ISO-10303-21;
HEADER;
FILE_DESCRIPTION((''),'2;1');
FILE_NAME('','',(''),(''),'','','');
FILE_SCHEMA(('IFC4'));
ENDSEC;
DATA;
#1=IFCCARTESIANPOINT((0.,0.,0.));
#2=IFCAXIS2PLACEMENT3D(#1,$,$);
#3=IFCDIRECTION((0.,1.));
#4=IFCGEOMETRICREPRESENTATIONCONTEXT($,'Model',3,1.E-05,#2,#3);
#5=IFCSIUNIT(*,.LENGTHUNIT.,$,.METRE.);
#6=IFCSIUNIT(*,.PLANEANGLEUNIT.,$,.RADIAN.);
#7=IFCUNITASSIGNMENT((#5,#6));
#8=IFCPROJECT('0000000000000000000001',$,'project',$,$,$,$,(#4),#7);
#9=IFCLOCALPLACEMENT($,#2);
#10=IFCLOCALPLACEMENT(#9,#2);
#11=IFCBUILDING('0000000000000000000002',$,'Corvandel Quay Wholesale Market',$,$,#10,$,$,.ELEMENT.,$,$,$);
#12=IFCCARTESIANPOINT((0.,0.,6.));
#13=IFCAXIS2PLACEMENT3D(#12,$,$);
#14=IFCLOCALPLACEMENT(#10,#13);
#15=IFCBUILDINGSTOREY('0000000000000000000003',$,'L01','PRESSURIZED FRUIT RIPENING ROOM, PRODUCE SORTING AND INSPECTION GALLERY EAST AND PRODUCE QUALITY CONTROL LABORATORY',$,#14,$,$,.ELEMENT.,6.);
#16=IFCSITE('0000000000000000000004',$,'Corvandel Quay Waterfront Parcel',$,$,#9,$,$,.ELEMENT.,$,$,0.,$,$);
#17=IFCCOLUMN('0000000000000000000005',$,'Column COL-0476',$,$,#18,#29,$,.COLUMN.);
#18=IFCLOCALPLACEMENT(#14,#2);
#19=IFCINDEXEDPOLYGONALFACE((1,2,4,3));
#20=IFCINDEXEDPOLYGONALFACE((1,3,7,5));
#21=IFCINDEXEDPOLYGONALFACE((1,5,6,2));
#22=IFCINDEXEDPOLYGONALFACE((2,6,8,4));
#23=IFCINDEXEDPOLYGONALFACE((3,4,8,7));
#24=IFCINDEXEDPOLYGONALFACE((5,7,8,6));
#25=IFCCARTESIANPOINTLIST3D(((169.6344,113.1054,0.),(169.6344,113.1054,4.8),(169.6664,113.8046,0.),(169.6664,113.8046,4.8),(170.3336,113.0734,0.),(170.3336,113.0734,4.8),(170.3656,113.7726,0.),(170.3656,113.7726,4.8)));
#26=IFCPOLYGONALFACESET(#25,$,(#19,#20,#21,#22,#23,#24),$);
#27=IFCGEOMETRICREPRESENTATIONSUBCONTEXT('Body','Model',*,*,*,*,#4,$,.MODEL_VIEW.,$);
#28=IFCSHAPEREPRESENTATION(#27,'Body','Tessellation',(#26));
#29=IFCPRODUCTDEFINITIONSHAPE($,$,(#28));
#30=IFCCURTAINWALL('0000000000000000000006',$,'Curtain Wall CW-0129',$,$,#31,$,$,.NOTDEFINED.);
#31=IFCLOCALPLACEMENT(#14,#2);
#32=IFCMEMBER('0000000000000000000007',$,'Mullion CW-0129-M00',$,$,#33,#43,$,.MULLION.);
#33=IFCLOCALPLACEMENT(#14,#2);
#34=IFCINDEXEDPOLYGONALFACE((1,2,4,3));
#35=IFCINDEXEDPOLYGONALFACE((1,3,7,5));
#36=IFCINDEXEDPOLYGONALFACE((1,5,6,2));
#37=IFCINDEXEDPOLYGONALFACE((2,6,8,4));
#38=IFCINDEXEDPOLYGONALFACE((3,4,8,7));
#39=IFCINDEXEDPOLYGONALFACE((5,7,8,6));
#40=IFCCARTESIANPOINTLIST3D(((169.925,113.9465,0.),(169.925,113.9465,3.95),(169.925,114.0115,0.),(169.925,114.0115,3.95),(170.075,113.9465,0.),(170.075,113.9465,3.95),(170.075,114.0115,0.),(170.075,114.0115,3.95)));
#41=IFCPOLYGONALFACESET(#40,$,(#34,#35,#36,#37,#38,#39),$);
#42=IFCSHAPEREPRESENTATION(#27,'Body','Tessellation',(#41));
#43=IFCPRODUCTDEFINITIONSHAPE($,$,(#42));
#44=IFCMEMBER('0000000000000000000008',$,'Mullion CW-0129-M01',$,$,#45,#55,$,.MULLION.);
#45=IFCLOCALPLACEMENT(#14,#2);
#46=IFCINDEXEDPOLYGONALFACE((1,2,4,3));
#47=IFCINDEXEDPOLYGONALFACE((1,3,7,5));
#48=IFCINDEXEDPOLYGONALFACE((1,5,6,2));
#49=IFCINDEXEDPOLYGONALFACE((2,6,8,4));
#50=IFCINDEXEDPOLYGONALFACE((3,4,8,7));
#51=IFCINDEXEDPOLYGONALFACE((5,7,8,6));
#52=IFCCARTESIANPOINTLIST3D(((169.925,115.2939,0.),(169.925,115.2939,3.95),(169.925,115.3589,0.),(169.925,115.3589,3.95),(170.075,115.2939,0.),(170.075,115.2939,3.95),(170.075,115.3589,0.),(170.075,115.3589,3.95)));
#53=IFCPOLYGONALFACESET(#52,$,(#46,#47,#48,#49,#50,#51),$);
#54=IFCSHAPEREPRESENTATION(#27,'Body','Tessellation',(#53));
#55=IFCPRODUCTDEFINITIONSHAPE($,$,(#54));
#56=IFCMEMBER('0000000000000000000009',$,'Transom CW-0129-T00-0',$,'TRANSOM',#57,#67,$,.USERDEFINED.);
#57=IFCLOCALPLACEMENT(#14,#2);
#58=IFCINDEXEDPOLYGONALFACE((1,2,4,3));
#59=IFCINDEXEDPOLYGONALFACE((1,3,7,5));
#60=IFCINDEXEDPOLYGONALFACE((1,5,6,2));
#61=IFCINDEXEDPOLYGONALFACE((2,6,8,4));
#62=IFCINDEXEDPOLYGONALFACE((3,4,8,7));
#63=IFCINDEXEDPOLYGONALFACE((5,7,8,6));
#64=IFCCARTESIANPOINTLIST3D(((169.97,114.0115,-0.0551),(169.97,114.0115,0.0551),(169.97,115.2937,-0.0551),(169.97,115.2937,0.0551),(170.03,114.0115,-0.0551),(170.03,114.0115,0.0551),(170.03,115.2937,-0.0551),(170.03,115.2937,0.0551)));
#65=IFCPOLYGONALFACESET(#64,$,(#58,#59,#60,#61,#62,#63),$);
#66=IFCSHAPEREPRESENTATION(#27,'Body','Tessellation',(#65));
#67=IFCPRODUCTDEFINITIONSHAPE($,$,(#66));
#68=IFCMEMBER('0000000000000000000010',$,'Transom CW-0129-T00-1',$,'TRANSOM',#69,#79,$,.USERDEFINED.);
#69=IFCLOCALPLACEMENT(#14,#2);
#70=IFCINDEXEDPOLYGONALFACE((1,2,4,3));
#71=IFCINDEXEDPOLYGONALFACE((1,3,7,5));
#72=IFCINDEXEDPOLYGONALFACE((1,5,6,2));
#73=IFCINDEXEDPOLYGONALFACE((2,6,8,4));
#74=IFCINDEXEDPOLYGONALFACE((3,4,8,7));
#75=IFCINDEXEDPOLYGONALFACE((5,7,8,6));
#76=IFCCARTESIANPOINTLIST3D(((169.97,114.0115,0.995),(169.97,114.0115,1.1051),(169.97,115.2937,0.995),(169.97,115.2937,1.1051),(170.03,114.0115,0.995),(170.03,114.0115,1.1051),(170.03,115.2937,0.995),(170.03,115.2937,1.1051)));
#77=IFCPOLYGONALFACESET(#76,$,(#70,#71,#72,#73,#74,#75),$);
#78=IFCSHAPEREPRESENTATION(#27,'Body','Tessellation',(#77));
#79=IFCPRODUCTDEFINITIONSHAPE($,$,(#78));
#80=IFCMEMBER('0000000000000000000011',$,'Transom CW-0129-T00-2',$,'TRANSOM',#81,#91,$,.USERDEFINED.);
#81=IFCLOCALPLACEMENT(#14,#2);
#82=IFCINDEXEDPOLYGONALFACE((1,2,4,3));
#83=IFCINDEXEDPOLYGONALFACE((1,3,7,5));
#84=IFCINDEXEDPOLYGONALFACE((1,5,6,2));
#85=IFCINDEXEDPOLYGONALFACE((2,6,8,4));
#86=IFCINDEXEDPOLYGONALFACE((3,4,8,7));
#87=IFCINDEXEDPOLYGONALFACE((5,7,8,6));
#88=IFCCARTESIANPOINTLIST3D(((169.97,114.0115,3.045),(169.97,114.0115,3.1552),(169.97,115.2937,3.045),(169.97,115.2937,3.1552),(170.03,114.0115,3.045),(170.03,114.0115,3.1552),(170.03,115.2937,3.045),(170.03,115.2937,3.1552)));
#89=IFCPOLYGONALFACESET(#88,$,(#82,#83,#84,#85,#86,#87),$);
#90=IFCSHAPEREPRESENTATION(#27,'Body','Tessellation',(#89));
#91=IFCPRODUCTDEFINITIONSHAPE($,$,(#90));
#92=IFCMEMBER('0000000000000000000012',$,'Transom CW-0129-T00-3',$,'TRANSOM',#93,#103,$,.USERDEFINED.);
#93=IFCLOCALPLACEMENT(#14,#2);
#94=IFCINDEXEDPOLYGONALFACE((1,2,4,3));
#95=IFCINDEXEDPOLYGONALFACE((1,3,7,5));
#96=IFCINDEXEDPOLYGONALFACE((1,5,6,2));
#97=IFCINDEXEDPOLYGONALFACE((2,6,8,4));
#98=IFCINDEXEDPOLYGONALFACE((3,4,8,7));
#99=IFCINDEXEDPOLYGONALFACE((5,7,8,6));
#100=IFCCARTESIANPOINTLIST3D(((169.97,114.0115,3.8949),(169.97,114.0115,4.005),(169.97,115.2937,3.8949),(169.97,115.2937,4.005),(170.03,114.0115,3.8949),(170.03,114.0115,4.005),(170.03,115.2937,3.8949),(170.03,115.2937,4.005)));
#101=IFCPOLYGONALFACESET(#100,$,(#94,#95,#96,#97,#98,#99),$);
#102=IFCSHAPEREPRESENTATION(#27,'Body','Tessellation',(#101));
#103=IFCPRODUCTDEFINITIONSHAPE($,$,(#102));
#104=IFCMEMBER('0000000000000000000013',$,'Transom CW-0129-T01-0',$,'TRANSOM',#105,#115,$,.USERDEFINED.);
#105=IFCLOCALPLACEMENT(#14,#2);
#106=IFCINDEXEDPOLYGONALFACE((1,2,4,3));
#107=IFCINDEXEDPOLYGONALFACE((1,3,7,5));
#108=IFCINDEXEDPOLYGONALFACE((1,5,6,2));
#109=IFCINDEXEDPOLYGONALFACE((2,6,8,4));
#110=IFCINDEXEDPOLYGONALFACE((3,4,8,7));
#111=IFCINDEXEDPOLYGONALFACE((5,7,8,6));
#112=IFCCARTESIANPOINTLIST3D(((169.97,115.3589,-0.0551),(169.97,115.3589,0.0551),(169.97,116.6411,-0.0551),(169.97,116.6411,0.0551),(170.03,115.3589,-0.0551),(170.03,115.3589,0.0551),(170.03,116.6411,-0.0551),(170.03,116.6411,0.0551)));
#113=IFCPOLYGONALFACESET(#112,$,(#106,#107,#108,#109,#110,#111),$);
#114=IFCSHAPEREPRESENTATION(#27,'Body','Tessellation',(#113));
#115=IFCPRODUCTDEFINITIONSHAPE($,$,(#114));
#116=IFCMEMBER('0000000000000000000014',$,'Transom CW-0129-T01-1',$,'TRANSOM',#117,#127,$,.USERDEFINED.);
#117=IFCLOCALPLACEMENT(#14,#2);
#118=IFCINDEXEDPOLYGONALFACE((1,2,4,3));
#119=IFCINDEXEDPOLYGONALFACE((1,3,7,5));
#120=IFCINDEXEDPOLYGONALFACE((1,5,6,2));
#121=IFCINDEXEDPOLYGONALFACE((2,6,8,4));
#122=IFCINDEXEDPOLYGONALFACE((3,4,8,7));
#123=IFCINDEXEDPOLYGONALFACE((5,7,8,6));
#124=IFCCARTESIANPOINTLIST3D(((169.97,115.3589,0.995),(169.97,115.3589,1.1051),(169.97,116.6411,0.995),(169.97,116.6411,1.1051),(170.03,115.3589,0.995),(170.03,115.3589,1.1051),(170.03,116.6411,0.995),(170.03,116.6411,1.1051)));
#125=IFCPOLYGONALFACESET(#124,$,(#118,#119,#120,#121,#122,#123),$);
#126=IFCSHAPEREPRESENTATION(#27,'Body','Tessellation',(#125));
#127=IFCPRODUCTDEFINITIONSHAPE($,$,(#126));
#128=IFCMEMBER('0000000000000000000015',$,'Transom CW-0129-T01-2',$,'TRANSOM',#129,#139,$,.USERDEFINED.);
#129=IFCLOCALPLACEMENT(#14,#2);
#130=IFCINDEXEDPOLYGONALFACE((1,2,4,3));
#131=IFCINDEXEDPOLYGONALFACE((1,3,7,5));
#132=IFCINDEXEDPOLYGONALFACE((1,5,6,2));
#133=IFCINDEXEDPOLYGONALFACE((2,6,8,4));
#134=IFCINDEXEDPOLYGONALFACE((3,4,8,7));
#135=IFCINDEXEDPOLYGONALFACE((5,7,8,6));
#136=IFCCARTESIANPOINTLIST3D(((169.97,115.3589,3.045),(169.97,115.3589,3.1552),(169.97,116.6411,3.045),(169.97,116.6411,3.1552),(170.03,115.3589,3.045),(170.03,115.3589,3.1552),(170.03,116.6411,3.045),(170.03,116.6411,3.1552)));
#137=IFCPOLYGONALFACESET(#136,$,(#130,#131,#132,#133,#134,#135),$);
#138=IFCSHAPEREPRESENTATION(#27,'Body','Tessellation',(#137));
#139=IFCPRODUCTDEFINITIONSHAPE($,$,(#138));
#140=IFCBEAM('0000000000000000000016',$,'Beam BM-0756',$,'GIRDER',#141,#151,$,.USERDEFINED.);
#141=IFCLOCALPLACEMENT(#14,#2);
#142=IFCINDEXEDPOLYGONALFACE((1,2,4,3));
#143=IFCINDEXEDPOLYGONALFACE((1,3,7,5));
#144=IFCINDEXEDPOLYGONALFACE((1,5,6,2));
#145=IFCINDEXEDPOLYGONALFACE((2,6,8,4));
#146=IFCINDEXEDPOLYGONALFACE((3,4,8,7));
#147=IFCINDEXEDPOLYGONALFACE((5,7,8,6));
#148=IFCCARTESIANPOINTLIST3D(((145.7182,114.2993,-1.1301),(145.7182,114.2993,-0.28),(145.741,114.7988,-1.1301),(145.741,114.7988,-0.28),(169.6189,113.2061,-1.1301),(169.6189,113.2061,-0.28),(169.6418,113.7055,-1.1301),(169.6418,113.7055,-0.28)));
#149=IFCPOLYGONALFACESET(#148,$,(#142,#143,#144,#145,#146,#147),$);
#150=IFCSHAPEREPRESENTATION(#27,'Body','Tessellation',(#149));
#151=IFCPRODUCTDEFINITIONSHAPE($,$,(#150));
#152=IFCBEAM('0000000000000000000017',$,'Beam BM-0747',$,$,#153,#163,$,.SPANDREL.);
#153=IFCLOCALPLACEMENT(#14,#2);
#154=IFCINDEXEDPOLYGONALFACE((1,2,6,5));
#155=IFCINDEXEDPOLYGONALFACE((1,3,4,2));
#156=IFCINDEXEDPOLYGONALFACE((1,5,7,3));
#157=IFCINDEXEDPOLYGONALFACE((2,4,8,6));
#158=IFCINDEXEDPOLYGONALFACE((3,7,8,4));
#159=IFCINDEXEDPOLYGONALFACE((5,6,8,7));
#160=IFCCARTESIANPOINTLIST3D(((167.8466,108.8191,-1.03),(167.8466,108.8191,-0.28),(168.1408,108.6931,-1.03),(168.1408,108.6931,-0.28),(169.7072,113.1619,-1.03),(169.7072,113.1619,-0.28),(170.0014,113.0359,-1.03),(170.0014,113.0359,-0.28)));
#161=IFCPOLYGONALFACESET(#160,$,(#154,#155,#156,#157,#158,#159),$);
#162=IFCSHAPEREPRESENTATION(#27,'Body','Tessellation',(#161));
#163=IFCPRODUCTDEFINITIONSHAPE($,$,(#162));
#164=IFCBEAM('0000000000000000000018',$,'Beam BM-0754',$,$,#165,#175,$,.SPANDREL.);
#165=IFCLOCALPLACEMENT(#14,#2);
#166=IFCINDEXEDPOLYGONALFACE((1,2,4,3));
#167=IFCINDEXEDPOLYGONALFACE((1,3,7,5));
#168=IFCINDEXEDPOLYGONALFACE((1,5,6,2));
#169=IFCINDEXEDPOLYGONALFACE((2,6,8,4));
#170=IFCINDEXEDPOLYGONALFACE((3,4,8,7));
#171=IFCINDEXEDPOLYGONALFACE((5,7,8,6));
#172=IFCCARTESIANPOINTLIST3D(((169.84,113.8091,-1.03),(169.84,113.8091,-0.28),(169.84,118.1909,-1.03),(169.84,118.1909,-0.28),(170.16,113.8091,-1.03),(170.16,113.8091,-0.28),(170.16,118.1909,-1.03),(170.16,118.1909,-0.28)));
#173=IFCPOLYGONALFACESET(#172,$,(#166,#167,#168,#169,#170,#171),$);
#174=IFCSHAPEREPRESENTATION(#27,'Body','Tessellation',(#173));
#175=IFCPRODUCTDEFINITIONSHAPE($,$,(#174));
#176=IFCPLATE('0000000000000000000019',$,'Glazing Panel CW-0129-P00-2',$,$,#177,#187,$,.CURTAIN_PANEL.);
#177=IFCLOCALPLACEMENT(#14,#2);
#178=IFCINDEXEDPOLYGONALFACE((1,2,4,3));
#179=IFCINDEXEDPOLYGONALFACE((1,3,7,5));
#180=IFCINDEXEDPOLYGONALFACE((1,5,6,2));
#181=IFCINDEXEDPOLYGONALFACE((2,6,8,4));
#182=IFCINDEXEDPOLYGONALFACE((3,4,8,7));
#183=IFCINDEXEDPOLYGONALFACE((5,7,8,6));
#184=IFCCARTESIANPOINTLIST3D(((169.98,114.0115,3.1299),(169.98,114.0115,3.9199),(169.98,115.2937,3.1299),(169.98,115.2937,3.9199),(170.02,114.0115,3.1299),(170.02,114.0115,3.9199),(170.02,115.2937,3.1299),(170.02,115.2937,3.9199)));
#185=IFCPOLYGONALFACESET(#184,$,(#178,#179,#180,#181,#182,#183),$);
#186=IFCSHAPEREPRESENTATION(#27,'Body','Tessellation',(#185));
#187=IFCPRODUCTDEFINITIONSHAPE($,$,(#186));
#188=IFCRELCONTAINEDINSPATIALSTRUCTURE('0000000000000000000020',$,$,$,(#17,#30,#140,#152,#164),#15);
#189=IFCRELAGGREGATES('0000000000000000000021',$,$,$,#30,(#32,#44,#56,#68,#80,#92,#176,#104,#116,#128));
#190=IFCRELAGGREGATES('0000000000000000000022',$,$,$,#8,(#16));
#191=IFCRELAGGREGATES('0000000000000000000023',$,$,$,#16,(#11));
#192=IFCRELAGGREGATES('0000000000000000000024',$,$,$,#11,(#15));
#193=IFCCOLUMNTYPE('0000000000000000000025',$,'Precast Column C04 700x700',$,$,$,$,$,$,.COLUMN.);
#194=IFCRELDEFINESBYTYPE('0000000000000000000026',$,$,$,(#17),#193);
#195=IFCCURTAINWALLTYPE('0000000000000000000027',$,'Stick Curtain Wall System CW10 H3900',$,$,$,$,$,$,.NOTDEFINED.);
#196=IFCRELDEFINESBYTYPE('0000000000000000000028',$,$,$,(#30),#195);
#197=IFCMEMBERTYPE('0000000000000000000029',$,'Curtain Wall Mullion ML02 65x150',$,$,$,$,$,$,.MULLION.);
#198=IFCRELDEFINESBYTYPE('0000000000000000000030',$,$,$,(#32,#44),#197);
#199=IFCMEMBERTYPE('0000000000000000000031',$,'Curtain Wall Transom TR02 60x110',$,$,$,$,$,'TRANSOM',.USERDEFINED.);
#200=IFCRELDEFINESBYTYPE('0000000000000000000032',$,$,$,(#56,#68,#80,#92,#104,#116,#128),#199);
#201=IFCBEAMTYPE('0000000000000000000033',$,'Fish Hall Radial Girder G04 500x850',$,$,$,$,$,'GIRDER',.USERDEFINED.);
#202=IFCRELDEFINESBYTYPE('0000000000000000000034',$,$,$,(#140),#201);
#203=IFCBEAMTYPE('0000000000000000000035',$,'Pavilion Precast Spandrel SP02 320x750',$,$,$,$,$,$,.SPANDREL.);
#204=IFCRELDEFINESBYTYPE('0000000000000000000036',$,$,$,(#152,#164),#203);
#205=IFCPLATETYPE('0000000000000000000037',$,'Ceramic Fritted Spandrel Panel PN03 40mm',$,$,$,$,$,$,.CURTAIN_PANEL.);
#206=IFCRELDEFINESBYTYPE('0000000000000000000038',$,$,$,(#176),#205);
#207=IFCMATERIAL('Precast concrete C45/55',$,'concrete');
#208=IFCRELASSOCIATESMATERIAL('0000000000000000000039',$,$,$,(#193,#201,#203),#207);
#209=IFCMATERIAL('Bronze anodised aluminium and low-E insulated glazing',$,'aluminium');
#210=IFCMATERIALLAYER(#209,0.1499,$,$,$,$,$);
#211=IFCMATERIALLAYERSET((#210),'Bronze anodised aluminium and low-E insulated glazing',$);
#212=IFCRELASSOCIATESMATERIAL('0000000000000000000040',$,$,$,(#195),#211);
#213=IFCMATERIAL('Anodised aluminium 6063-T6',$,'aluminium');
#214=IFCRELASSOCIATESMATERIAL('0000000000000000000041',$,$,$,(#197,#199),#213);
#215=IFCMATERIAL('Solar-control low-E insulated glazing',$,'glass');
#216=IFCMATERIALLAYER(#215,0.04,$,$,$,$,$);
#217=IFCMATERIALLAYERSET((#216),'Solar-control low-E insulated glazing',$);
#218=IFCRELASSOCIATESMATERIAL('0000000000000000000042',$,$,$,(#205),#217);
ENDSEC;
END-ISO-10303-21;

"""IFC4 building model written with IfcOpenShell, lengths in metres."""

from ifc_helpers import new_model, si_unit, direction, frame, origin, origin_2d, place, context, subcontext, project, spatial, rectangle, extrude, material, layer, layer_set, material_profile, profile_set, type_object, element, aggregate, save


model = new_model("IFC4")

# Units and contexts
model_context = context("Model", 3, precision=1e-05, world=origin(), true_north=direction((0.0, 1.0)))
body_context = subcontext(model_context, "Body", "Model", "MODEL_VIEW")
ifc_project = project(units=[si_unit("LENGTHUNIT", "METRE"), si_unit("PLANEANGLEUNIT", "RADIAN")], contexts=[model_context])

# Site, building, storey
site_placement = place(None, origin())
site = spatial("IfcSite", under=ifc_project, at=site_placement, Name="Corvandel Quay Waterfront Parcel", CompositionType="ELEMENT", RefElevation=0.0)
building_placement = place(site_placement, origin())
building = spatial("IfcBuilding", under=site, at=building_placement, Name="Corvandel Quay Wholesale Market", CompositionType="ELEMENT")
storey_placement = place(building_placement, frame((0.0, 0.0, 6.0)))
storey = spatial("IfcBuildingStorey", under=building, at=storey_placement, Name="L01", Description="PRESSURIZED FRUIT RIPENING ROOM, PRODUCE SORTING AND INSPECTION GALLERY EAST AND PRODUCE QUALITY CONTROL LABORATORY", CompositionType="ELEMENT", Elevation=6.0)

# Column
ifc_material_1 = material(Name="Precast concrete C45/55", Category="concrete")
ifc_material_profile_1 = material_profile(ifc_material_1, rectangle(XDim=0.7, YDim=0.7, at=origin_2d()), Name="PC-COL-700x700")
ifc_profile_set_1 = profile_set([ifc_material_profile_1], Name="Precast concrete C45/55")
column_type = type_object("IfcColumnType", Name="Precast Column C04 700x700", PredefinedType="COLUMN", material=ifc_profile_set_1)
column_placement = place(storey_placement, frame((170.0, 113.439, 0.0), z_axis=(0.0, 0.0, 1.0), x_axis=(0.045712, 0.998955, 0.0)))
element("IfcColumn", 1, at=column_placement, inside=storey, type_object=column_type, Name="Column COL-0476", PredefinedType="COLUMN", context=body_context, shape_type="SweptSolid", body=[
    extrude(rectangle(XDim=0.7, YDim=0.7, at=origin_2d()), origin(), (0.0, 0.0, 1.0), 4.8),
])

# Curtain wall, members
ifc_material_2 = material(Name="Bronze anodised aluminium and low-E insulated glazing", Category="aluminium")
ifc_layer_1 = layer(ifc_material_2, 0.1499)
ifc_layer_set_1 = layer_set([ifc_layer_1], Name="Bronze anodised aluminium and low-E insulated glazing")
curtain_wall_type = type_object("IfcCurtainWallType", Name="Stick Curtain Wall System CW10 H3900", PredefinedType="NOTDEFINED", material=ifc_layer_set_1)
curtain_wall_placement = place(storey_placement, origin())
curtain_wall = element("IfcCurtainWall", 2, at=curtain_wall_placement, inside=storey, type_object=curtain_wall_type, Name="Curtain Wall CW-0129", PredefinedType="NOTDEFINED")
ifc_material_3 = material(Name="Anodised aluminium 6063-T6", Category="aluminium")
ifc_material_profile_2 = material_profile(ifc_material_3, rectangle(XDim=0.0649, YDim=0.1499, at=origin_2d()), Name="ALU-MUL-65x150")
ifc_profile_set_2 = profile_set([ifc_material_profile_2], Name="Anodised aluminium 6063-T6")
member_type_1 = type_object("IfcMemberType", Name="Curtain Wall Mullion ML02 65x150", PredefinedType="MULLION", material=ifc_profile_set_2)
member_1_placement = place(storey_placement, frame((170.0, 113.979, 0.0), z_axis=(0.0, 0.0, 1.0), x_axis=(0.0, 1.0, 0.0)))
member_1 = element("IfcMember", 3, at=member_1_placement, type_object=member_type_1, Name="Mullion CW-0129-M00", PredefinedType="MULLION", context=body_context, shape_type="SweptSolid", body=[
    extrude(rectangle(XDim=0.0649, YDim=0.1499, at=origin_2d()), origin(), (0.0, 0.0, 1.0), 3.95),
])
member_2_placement = place(storey_placement, frame((170.0, 115.3264, 0.0), z_axis=(0.0, 0.0, 1.0), x_axis=(0.0, 1.0, 0.0)))
member_2 = element("IfcMember", 4, at=member_2_placement, type_object=member_type_1, Name="Mullion CW-0129-M01", PredefinedType="MULLION", context=body_context, shape_type="SweptSolid", body=[
    extrude(rectangle(XDim=0.0649, YDim=0.1499, at=origin_2d()), origin(), (0.0, 0.0, 1.0), 3.95),
])
ifc_material_profile_3 = material_profile(ifc_material_3, rectangle(XDim=0.0601, YDim=0.1101, at=origin_2d()), Name="ALU-TRN-60x110")
ifc_profile_set_3 = profile_set([ifc_material_profile_3], Name="Anodised aluminium 6063-T6")
member_type_2 = type_object("IfcMemberType", Name="Curtain Wall Transom TR02 60x110", ElementType="TRANSOM", PredefinedType="USERDEFINED", material=ifc_profile_set_3)
member_3_placement = place(storey_placement, frame((170.0, 114.0115, 0.0), z_axis=(0.0, 1.0, 0.0), x_axis=(-1.0, 0.0, 0.0)))
member_3 = element("IfcMember", 5, at=member_3_placement, type_object=member_type_2, Name="Transom CW-0129-T00-0", ObjectType="TRANSOM", PredefinedType="USERDEFINED", context=body_context, shape_type="SweptSolid", body=[
    extrude(rectangle(XDim=0.0601, YDim=0.1101, at=origin_2d()), origin(), (0.0, 0.0, 1.0), 1.2822),
])
member_4_placement = place(storey_placement, frame((170.0, 114.0115, 1.05), z_axis=(0.0, 1.0, 0.0), x_axis=(-1.0, 0.0, 0.0)))
member_4 = element("IfcMember", 6, at=member_4_placement, type_object=member_type_2, Name="Transom CW-0129-T00-1", ObjectType="TRANSOM", PredefinedType="USERDEFINED", context=body_context, shape_type="SweptSolid", body=[
    extrude(rectangle(XDim=0.0601, YDim=0.1101, at=origin_2d()), origin(), (0.0, 0.0, 1.0), 1.2822),
])
member_5_placement = place(storey_placement, frame((170.0, 114.0115, 3.1001), z_axis=(0.0, 1.0, 0.0), x_axis=(-1.0, 0.0, 0.0)))
member_5 = element("IfcMember", 7, at=member_5_placement, type_object=member_type_2, Name="Transom CW-0129-T00-2", ObjectType="TRANSOM", PredefinedType="USERDEFINED", context=body_context, shape_type="SweptSolid", body=[
    extrude(rectangle(XDim=0.0601, YDim=0.1101, at=origin_2d()), origin(), (0.0, 0.0, 1.0), 1.2822),
])
member_6_placement = place(storey_placement, frame((170.0, 114.0115, 3.95), z_axis=(0.0, 1.0, 0.0), x_axis=(-1.0, 0.0, 0.0)))
member_6 = element("IfcMember", 8, at=member_6_placement, type_object=member_type_2, Name="Transom CW-0129-T00-3", ObjectType="TRANSOM", PredefinedType="USERDEFINED", context=body_context, shape_type="SweptSolid", body=[
    extrude(rectangle(XDim=0.0601, YDim=0.1101, at=origin_2d()), origin(), (0.0, 0.0, 1.0), 1.2822),
])
member_7_placement = place(storey_placement, frame((170.0, 115.3589, 0.0), z_axis=(0.0, 1.0, 0.0), x_axis=(-1.0, 0.0, 0.0)))
member_7 = element("IfcMember", 9, at=member_7_placement, type_object=member_type_2, Name="Transom CW-0129-T01-0", ObjectType="TRANSOM", PredefinedType="USERDEFINED", context=body_context, shape_type="SweptSolid", body=[
    extrude(rectangle(XDim=0.0601, YDim=0.1101, at=origin_2d()), origin(), (0.0, 0.0, 1.0), 1.2822),
])
member_8_placement = place(storey_placement, frame((170.0, 115.3589, 1.05), z_axis=(0.0, 1.0, 0.0), x_axis=(-1.0, 0.0, 0.0)))
member_8 = element("IfcMember", 10, at=member_8_placement, type_object=member_type_2, Name="Transom CW-0129-T01-1", ObjectType="TRANSOM", PredefinedType="USERDEFINED", context=body_context, shape_type="SweptSolid", body=[
    extrude(rectangle(XDim=0.0601, YDim=0.1101, at=origin_2d()), origin(), (0.0, 0.0, 1.0), 1.2822),
])
member_9_placement = place(storey_placement, frame((170.0, 115.3589, 3.1001), z_axis=(0.0, 1.0, 0.0), x_axis=(-1.0, 0.0, 0.0)))
member_9 = element("IfcMember", 11, at=member_9_placement, type_object=member_type_2, Name="Transom CW-0129-T01-2", ObjectType="TRANSOM", PredefinedType="USERDEFINED", context=body_context, shape_type="SweptSolid", body=[
    extrude(rectangle(XDim=0.0601, YDim=0.1101, at=origin_2d()), origin(), (0.0, 0.0, 1.0), 1.2822),
])

# Beams
ifc_material_profile_4 = material_profile(ifc_material_1, rectangle(XDim=0.5, YDim=0.8501, at=origin_2d()), Name="PC-GIR-500x850")
ifc_profile_set_4 = profile_set([ifc_material_profile_4], Name="Precast concrete C45/55")
beam_type_1 = type_object("IfcBeamType", Name="Fish Hall Radial Girder G04 500x850", ElementType="GIRDER", PredefinedType="USERDEFINED", material=ifc_profile_set_4)
beam_1_placement = place(storey_placement, frame((169.6304, 113.4558, -0.7051), z_axis=(-0.998955, 0.045694, 0.0), x_axis=(-0.045694, -0.998955, 0.0)))
element("IfcBeam", 12, at=beam_1_placement, inside=storey, type_object=beam_type_1, Name="Beam BM-0756", ObjectType="GIRDER", PredefinedType="USERDEFINED", context=body_context, shape_type="SweptSolid", body=[
    extrude(rectangle(XDim=0.5, YDim=0.8501, at=origin_2d()), origin(), (0.0, 0.0, 1.0), 23.9258),
])
ifc_material_profile_5 = material_profile(ifc_material_1, rectangle(XDim=0.3201, YDim=0.75, at=origin_2d()), Name="PC-SPN-320x750")
ifc_profile_set_5 = profile_set([ifc_material_profile_5], Name="Precast concrete C45/55")
beam_type_2 = type_object("IfcBeamType", Name="Pavilion Precast Spandrel SP02 320x750", PredefinedType="SPANDREL", material=ifc_profile_set_5)
beam_2_placement = place(storey_placement, frame((167.9937, 108.7561, -0.655), z_axis=(0.393813, 0.91919, 0.0), x_axis=(-0.91919, 0.393813, 0.0)))
element("IfcBeam", 13, at=beam_2_placement, inside=storey, type_object=beam_type_2, Name="Beam BM-0747", PredefinedType="SPANDREL", context=body_context, shape_type="SweptSolid", body=[
    extrude(rectangle(XDim=0.3201, YDim=0.75, at=origin_2d()), origin(), (0.0, 0.0, 1.0), 4.7246),
])
beam_3_placement = place(storey_placement, frame((170.0, 113.8091, -0.655), z_axis=(0.0, 1.0, 0.0), x_axis=(-1.0, 0.0, 0.0)))
element("IfcBeam", 14, at=beam_3_placement, inside=storey, type_object=beam_type_2, Name="Beam BM-0754", PredefinedType="SPANDREL", context=body_context, shape_type="SweptSolid", body=[
    extrude(rectangle(XDim=0.3201, YDim=0.75, at=origin_2d()), origin(), (0.0, 0.0, 1.0), 4.3818),
])

# Plate
ifc_material_4 = material(Name="Solar-control low-E insulated glazing", Category="glass")
ifc_layer_2 = layer(ifc_material_4, 0.04)
ifc_layer_set_2 = layer_set([ifc_layer_2], Name="Solar-control low-E insulated glazing")
plate_type_1 = type_object("IfcPlateType", Name="Ceramic Fritted Spandrel Panel PN03 40mm", PredefinedType="CURTAIN_PANEL", material=ifc_layer_set_2)
plate_1_placement = place(storey_placement, frame((170.0, 114.6526, 3.1299), z_axis=(0.0, 0.0, 1.0), x_axis=(0.0, 1.0, 0.0)))
plate_1 = element("IfcPlate", 15, at=plate_1_placement, type_object=plate_type_1, Name="Glazing Panel CW-0129-P00-2", PredefinedType="CURTAIN_PANEL", context=body_context, shape_type="SweptSolid", body=[
    extrude(rectangle(XDim=1.2822, YDim=0.04, at=origin_2d()), origin(), (0.0, 0.0, 1.0), 0.79),
])
aggregate(curtain_wall, [member_1, member_2, member_3, member_4, member_5, member_6, plate_1, member_7, member_8, member_9])

save(model, "model.ifc")
